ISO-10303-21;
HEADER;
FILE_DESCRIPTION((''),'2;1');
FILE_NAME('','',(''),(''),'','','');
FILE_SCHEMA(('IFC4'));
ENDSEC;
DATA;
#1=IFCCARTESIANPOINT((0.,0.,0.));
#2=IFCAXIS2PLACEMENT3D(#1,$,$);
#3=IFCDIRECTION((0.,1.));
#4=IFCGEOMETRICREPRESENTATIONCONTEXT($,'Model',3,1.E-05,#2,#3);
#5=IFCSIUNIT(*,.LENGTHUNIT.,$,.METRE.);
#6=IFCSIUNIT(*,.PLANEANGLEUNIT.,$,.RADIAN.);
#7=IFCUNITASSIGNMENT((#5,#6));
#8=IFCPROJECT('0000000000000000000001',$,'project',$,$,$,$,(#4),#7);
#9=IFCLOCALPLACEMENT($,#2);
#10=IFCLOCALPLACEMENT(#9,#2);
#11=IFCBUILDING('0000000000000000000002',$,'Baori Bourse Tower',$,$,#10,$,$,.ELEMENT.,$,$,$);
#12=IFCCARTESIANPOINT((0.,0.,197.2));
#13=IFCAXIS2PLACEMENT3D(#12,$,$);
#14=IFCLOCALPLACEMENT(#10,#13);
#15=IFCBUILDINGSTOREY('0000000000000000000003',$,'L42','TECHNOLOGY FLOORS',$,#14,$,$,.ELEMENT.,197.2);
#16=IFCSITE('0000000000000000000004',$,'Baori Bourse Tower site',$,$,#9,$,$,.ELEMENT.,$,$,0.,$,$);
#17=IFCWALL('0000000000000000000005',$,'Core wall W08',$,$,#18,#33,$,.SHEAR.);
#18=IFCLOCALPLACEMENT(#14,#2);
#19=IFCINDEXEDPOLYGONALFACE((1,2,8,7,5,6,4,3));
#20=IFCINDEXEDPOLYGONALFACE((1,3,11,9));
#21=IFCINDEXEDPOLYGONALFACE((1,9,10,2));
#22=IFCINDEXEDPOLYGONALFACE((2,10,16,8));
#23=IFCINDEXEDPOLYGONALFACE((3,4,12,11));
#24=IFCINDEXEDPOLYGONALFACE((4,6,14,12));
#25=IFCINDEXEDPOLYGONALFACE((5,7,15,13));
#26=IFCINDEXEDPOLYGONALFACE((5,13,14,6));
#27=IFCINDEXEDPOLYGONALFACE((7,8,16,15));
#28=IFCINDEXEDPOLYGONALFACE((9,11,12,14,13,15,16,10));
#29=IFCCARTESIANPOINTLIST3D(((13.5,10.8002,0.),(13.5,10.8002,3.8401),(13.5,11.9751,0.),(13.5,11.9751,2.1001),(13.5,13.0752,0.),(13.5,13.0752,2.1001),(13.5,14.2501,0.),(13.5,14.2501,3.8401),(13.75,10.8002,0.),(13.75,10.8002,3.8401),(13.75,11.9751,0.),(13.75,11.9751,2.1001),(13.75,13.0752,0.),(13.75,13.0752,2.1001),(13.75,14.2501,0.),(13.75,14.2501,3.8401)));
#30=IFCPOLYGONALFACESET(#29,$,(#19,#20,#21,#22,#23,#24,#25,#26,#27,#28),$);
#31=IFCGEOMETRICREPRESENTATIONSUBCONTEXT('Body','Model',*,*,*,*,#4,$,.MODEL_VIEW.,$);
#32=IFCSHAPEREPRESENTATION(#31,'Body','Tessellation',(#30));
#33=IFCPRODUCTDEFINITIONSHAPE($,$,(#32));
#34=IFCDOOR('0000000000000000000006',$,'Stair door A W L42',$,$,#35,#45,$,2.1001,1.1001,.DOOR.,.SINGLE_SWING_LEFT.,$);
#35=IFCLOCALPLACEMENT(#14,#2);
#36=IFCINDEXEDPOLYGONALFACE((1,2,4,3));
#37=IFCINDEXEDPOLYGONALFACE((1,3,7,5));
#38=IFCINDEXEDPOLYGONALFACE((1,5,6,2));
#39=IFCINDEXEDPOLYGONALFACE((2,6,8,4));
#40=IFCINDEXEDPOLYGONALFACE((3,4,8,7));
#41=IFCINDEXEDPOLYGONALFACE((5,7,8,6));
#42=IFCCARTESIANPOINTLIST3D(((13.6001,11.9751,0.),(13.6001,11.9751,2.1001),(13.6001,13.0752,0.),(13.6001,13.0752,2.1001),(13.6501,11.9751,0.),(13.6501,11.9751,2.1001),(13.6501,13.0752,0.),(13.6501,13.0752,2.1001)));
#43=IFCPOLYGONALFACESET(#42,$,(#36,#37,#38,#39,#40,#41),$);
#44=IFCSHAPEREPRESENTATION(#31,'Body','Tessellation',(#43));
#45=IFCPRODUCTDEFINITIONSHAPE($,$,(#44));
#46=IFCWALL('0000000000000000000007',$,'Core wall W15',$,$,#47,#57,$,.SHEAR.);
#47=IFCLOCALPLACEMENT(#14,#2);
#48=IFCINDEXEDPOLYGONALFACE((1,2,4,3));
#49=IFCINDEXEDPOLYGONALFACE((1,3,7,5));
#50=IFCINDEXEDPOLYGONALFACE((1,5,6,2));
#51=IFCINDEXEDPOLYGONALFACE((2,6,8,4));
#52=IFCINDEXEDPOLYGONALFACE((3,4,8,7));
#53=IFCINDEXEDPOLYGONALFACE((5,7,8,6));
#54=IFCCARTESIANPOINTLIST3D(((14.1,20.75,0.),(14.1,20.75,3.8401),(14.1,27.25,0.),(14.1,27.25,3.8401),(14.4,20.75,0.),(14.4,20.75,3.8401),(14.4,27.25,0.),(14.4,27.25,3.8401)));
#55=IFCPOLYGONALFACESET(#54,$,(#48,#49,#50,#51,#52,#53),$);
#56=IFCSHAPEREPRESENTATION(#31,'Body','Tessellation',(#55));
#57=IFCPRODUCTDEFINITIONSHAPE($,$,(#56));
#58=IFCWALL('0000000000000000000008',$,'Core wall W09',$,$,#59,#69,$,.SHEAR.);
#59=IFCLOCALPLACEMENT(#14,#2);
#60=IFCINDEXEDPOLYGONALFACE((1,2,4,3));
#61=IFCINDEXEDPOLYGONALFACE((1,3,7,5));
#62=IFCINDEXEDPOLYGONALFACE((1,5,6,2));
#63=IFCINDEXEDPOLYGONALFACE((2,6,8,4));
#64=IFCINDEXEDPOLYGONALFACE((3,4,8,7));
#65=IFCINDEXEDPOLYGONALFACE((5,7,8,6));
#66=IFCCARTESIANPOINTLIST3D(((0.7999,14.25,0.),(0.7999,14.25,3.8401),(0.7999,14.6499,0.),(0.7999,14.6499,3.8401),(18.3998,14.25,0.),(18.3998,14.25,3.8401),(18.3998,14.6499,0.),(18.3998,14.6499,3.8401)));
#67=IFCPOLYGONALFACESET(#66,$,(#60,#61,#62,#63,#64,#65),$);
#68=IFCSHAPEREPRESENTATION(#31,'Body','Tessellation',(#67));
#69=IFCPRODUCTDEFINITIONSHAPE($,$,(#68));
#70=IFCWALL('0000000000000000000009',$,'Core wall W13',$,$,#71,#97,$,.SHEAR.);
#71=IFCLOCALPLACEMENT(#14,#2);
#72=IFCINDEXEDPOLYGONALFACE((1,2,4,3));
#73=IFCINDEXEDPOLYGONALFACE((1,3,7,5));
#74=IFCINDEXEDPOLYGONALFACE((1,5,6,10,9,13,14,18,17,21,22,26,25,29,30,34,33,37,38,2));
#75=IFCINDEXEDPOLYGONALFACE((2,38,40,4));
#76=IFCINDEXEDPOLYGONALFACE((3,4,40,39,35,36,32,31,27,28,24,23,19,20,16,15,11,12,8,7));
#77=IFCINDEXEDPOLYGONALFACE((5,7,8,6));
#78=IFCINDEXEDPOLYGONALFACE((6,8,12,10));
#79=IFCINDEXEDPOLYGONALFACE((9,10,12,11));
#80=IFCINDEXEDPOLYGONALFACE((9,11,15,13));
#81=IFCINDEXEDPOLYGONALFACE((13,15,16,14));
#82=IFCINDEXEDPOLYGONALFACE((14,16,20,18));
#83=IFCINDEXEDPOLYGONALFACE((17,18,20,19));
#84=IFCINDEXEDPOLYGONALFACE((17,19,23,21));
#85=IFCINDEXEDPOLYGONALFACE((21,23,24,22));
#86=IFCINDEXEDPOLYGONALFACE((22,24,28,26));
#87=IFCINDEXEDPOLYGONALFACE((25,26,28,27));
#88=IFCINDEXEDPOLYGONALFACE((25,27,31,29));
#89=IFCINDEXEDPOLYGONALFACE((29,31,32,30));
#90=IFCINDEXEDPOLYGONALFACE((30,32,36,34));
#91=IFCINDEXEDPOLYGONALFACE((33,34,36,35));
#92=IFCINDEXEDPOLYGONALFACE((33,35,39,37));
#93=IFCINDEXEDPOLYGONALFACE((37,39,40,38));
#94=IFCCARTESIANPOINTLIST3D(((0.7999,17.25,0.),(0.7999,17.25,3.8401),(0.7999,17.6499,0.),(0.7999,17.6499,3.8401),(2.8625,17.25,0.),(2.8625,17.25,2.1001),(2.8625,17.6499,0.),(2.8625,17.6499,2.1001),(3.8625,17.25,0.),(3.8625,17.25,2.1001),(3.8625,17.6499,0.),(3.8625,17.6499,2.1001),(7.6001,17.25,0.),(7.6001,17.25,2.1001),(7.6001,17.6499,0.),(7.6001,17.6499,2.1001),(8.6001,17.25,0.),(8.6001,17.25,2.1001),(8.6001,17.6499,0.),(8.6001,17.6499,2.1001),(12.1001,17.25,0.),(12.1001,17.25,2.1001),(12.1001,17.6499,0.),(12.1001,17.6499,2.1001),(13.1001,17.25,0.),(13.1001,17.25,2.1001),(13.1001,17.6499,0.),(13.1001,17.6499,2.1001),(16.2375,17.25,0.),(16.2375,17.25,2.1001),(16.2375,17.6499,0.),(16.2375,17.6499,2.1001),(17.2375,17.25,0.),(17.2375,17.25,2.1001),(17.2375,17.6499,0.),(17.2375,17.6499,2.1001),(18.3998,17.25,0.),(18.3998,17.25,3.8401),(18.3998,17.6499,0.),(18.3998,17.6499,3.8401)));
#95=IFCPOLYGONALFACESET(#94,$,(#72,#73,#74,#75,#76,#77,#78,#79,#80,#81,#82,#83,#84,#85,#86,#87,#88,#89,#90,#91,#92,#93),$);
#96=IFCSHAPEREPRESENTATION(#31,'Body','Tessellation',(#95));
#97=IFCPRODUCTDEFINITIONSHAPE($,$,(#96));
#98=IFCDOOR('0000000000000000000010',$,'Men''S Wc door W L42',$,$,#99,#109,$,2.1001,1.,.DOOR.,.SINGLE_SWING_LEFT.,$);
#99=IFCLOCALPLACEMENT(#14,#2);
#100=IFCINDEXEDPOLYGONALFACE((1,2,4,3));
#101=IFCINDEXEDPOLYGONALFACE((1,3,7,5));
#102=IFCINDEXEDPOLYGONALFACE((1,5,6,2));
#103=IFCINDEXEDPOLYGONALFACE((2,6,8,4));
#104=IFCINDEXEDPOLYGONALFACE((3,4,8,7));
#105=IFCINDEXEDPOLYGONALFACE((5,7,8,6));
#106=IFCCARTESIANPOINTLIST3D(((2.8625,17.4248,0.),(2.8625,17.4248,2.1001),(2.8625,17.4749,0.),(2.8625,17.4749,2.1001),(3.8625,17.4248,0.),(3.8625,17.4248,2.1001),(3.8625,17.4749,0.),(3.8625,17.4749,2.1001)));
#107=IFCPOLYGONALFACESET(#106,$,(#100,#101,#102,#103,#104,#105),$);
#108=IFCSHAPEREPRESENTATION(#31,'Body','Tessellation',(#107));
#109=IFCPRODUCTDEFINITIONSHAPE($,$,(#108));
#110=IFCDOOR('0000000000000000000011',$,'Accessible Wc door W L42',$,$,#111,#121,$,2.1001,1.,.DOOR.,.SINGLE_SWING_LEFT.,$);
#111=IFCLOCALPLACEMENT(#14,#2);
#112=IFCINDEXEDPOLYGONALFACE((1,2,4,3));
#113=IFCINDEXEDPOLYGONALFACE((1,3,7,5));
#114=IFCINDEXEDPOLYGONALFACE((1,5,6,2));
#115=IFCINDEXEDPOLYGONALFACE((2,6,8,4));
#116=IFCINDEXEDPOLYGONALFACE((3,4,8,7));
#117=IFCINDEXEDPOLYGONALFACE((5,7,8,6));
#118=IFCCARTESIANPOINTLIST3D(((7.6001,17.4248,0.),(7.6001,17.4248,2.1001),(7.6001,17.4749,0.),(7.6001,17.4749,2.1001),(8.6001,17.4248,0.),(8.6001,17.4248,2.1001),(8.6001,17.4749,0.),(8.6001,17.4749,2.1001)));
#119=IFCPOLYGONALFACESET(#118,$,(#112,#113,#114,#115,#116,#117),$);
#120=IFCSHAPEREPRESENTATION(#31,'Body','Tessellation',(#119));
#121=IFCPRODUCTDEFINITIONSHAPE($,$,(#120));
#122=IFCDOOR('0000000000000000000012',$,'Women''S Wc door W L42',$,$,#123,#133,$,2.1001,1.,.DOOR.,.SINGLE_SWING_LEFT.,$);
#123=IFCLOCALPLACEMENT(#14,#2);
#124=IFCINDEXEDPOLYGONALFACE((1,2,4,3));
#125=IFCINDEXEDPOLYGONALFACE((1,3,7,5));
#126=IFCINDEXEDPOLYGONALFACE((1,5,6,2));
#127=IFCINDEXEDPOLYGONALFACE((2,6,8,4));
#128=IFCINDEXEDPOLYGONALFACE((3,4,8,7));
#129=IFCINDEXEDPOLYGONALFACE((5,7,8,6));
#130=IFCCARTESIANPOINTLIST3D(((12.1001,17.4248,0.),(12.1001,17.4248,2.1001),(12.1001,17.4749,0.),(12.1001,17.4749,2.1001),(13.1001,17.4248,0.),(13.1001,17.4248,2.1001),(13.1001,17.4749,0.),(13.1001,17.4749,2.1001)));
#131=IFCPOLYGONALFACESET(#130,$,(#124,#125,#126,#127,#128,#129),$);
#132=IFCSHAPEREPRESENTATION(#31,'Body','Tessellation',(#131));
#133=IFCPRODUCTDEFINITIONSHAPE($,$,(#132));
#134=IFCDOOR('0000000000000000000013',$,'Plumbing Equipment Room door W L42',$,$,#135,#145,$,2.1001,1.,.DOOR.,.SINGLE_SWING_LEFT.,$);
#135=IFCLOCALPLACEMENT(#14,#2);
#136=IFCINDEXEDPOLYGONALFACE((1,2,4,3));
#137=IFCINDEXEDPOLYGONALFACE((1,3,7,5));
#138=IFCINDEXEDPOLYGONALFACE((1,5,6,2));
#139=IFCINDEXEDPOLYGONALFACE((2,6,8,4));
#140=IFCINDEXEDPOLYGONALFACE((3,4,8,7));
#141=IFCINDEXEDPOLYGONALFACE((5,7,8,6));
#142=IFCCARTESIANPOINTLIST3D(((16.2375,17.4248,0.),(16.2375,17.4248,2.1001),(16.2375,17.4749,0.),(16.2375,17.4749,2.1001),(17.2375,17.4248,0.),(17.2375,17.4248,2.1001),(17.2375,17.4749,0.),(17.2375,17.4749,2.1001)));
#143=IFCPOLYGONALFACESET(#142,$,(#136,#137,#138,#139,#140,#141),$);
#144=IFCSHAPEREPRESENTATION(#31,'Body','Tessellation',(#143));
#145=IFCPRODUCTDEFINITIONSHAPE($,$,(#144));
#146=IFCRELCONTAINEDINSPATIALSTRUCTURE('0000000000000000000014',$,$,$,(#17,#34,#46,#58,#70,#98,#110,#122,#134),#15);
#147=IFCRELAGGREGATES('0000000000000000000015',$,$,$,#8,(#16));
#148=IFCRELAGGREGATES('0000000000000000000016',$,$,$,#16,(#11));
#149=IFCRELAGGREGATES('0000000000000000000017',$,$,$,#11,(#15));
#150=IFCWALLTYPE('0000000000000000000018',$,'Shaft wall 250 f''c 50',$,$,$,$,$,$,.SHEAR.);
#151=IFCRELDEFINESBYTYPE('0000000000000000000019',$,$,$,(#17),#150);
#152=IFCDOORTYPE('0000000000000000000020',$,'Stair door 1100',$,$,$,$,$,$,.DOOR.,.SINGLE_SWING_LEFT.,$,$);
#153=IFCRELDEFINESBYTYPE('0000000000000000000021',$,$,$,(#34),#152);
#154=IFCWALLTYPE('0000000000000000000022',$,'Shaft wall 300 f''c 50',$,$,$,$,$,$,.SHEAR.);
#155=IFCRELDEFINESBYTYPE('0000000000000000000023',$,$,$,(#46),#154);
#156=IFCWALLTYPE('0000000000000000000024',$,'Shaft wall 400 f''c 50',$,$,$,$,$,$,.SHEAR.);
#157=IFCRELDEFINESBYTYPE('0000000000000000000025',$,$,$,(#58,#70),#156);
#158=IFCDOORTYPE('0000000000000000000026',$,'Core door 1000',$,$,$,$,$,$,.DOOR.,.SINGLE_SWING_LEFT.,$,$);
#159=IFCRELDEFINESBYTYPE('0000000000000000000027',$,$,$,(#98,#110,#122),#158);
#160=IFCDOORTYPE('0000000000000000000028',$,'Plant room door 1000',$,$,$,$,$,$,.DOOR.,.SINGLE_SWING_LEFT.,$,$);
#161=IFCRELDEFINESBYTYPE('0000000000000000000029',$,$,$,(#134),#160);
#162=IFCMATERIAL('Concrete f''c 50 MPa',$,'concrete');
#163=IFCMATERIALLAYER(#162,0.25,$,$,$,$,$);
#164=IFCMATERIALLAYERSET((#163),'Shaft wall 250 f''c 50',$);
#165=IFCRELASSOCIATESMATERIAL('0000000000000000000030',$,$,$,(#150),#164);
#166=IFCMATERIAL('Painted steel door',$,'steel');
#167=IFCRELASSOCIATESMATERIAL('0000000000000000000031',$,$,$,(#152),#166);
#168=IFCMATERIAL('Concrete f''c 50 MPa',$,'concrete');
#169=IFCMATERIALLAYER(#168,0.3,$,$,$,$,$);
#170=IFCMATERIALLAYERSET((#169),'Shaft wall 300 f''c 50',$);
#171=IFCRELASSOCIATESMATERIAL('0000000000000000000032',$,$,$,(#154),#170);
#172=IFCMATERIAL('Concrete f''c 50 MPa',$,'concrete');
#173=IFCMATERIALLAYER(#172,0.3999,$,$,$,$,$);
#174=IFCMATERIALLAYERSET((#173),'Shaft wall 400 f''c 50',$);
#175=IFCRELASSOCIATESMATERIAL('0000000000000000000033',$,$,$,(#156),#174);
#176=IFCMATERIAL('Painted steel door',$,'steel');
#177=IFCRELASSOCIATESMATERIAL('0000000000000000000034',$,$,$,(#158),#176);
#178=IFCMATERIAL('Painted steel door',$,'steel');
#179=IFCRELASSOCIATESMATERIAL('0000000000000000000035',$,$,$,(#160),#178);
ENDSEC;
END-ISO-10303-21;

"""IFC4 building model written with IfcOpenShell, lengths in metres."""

from ifc_helpers import new_model, si_unit, direction, frame, frame_2d, origin, place, context, subcontext, project, spatial, rectangle, extrude, material, layer, layer_set, type_object, element, fill, save


model = new_model("IFC4")

# Units and contexts
model_context = context("Model", 3, precision=1e-05, world=origin(), true_north=direction((0.0, 1.0)))
body_context = subcontext(model_context, "Body", "Model", "MODEL_VIEW")
ifc_project = project(units=[si_unit("LENGTHUNIT", "METRE"), si_unit("PLANEANGLEUNIT", "RADIAN")], contexts=[model_context])

# Site, building, storey
site_placement = place(None, origin())
site = spatial("IfcSite", under=ifc_project, at=site_placement, Name="Baori Bourse Tower site", CompositionType="ELEMENT", RefElevation=0.0)
building_placement = place(site_placement, origin())
building = spatial("IfcBuilding", under=site, at=building_placement, Name="Baori Bourse Tower", CompositionType="ELEMENT")
storey_placement = place(building_placement, frame((0.0, 0.0, 197.2)))
storey = spatial("IfcBuildingStorey", under=building, at=storey_placement, Name="L42", Description="TECHNOLOGY FLOORS", CompositionType="ELEMENT", Elevation=197.2)

# Wall, opening, door
ifc_material_1 = material(Name="Concrete f'c 50 MPa", Category="concrete")
ifc_layer_1 = layer(ifc_material_1, 0.25)
ifc_layer_set_1 = layer_set([ifc_layer_1], Name="Shaft wall 250 f'c 50")
wall_type_1 = type_object("IfcWallType", Name="Shaft wall 250 f'c 50", PredefinedType="SHEAR", material=ifc_layer_set_1)
wall_1_placement = place(storey_placement, frame((13.625, 10.8, 0.0), z_axis=(0.0, 0.0, 1.0), x_axis=(0.0, 1.0, 0.0)))
wall_1 = element("IfcWall", 1, at=wall_1_placement, inside=storey, type_object=wall_type_1, Name="Core wall W08", PredefinedType="SHEAR", context=body_context, shape_type="SweptSolid", body=[
    extrude(rectangle(XDim=3.45, YDim=0.25, at=frame_2d((1.7251, 0.0))), origin(), (0.0, 0.0, 1.0), 3.8401),
])
opening_1_placement = place(wall_1_placement, frame((1.175, 0.0, 0.0)))
opening_1 = element("IfcOpeningElement", 2, at=opening_1_placement, cuts=wall_1, PredefinedType="OPENING", context=body_context, shape_type="SweptSolid", body=[
    extrude(rectangle(XDim=1.1001, YDim=2.1001, at=frame_2d((0.55, 1.05))), frame((0.0, 0.135, 0.0), z_axis=(0.0, -1.0, 0.0), x_axis=(1.0, 0.0, 0.0)), (0.0, 0.0, 1.0), 0.27),
])
ifc_material_2 = material(Name="Painted steel door", Category="steel")
door_type_1 = type_object("IfcDoorType", Name="Stair door 1100", OperationType="SINGLE_SWING_LEFT", PredefinedType="DOOR", material=ifc_material_2)
door_1_placement = place(opening_1_placement, origin())
door_1 = element("IfcDoor", 3, at=door_1_placement, inside=storey, type_object=door_type_1, Name="Stair door A W L42", OperationType="SINGLE_SWING_LEFT", OverallHeight=2.1001, OverallWidth=1.1001, PredefinedType="DOOR", context=body_context, shape_type="SweptSolid", body=[
    extrude(rectangle(XDim=1.1001, YDim=2.1001, at=frame_2d((0.55, 1.05))), frame((0.0, 0.0249, 0.0), z_axis=(0.0, -1.0, 0.0), x_axis=(1.0, 0.0, 0.0)), (0.0, 0.0, 1.0), 0.05),
])
fill(opening_1, door_1)

# Walls
ifc_material_3 = material(Name="Concrete f'c 50 MPa", Category="concrete")
ifc_layer_2 = layer(ifc_material_3, 0.3)
ifc_layer_set_2 = layer_set([ifc_layer_2], Name="Shaft wall 300 f'c 50")
wall_type_2 = type_object("IfcWallType", Name="Shaft wall 300 f'c 50", PredefinedType="SHEAR", material=ifc_layer_set_2)
wall_2_placement = place(storey_placement, frame((14.25, 20.75, 0.0), z_axis=(0.0, 0.0, 1.0), x_axis=(0.0, 1.0, 0.0)))
element("IfcWall", 4, at=wall_2_placement, inside=storey, type_object=wall_type_2, Name="Core wall W15", PredefinedType="SHEAR", context=body_context, shape_type="SweptSolid", body=[
    extrude(rectangle(XDim=6.5, YDim=0.3, at=frame_2d((3.25, 0.0))), origin(), (0.0, 0.0, 1.0), 3.8401),
])
ifc_material_4 = material(Name="Concrete f'c 50 MPa", Category="concrete")
ifc_layer_3 = layer(ifc_material_4, 0.3999)
ifc_layer_set_3 = layer_set([ifc_layer_3], Name="Shaft wall 400 f'c 50")
wall_type_3 = type_object("IfcWallType", Name="Shaft wall 400 f'c 50", PredefinedType="SHEAR", material=ifc_layer_set_3)
wall_3_placement = place(storey_placement, frame((0.8, 14.45, 0.0), z_axis=(0.0, 0.0, 1.0), x_axis=(1.0, 0.0, 0.0)))
element("IfcWall", 5, at=wall_3_placement, inside=storey, type_object=wall_type_3, Name="Core wall W09", PredefinedType="SHEAR", context=body_context, shape_type="SweptSolid", body=[
    extrude(rectangle(XDim=17.5999, YDim=0.3999, at=frame_2d((8.7998, 0.0))), origin(), (0.0, 0.0, 1.0), 3.8401),
])

# Wall, openings, doors
wall_4_placement = place(storey_placement, frame((0.8, 17.45, 0.0), z_axis=(0.0, 0.0, 1.0), x_axis=(1.0, 0.0, 0.0)))
wall_4 = element("IfcWall", 6, at=wall_4_placement, inside=storey, type_object=wall_type_3, Name="Core wall W13", PredefinedType="SHEAR", context=body_context, shape_type="SweptSolid", body=[
    extrude(rectangle(XDim=17.5999, YDim=0.3999, at=frame_2d((8.7998, 0.0))), origin(), (0.0, 0.0, 1.0), 3.8401),
])
opening_2_placement = place(wall_4_placement, frame((2.0625, 0.0, 0.0)))
opening_2 = element("IfcOpeningElement", 7, at=opening_2_placement, cuts=wall_4, PredefinedType="OPENING", context=body_context, shape_type="SweptSolid", body=[
    extrude(rectangle(XDim=1.0, YDim=2.1001, at=frame_2d((0.5, 1.05))), frame((0.0, 0.21, 0.0), z_axis=(0.0, -1.0, 0.0), x_axis=(1.0, 0.0, 0.0)), (0.0, 0.0, 1.0), 0.4199),
])
opening_3_placement = place(wall_4_placement, frame((6.8, 0.0, 0.0)))
opening_3 = element("IfcOpeningElement", 8, at=opening_3_placement, cuts=wall_4, PredefinedType="OPENING", context=body_context, shape_type="SweptSolid", body=[
    extrude(rectangle(XDim=1.0, YDim=2.1001, at=frame_2d((0.5, 1.05))), frame((0.0, 0.21, 0.0), z_axis=(0.0, -1.0, 0.0), x_axis=(1.0, 0.0, 0.0)), (0.0, 0.0, 1.0), 0.4199),
])
opening_4_placement = place(wall_4_placement, frame((11.3, 0.0, 0.0)))
opening_4 = element("IfcOpeningElement", 9, at=opening_4_placement, cuts=wall_4, PredefinedType="OPENING", context=body_context, shape_type="SweptSolid", body=[
    extrude(rectangle(XDim=1.0, YDim=2.1001, at=frame_2d((0.5, 1.05))), frame((0.0, 0.21, 0.0), z_axis=(0.0, -1.0, 0.0), x_axis=(1.0, 0.0, 0.0)), (0.0, 0.0, 1.0), 0.4199),
])
opening_5_placement = place(wall_4_placement, frame((15.4375, 0.0, 0.0)))
opening_5 = element("IfcOpeningElement", 10, at=opening_5_placement, cuts=wall_4, PredefinedType="OPENING", context=body_context, shape_type="SweptSolid", body=[
    extrude(rectangle(XDim=1.0, YDim=2.1001, at=frame_2d((0.5, 1.05))), frame((0.0, 0.21, 0.0), z_axis=(0.0, -1.0, 0.0), x_axis=(1.0, 0.0, 0.0)), (0.0, 0.0, 1.0), 0.4199),
])
ifc_material_5 = material(Name="Painted steel door", Category="steel")
door_type_2 = type_object("IfcDoorType", Name="Core door 1000", OperationType="SINGLE_SWING_LEFT", PredefinedType="DOOR", material=ifc_material_5)
door_2_placement = place(opening_2_placement, origin())
door_2 = element("IfcDoor", 11, at=door_2_placement, inside=storey, type_object=door_type_2, Name="Men'S Wc door W L42", OperationType="SINGLE_SWING_LEFT", OverallHeight=2.1001, OverallWidth=1.0, PredefinedType="DOOR", context=body_context, shape_type="SweptSolid", body=[
    extrude(rectangle(XDim=1.0, YDim=2.1001, at=frame_2d((0.5, 1.05))), frame((0.0, 0.0249, 0.0), z_axis=(0.0, -1.0, 0.0), x_axis=(1.0, 0.0, 0.0)), (0.0, 0.0, 1.0), 0.05),
])
fill(opening_2, door_2)
door_3_placement = place(opening_3_placement, origin())
door_3 = element("IfcDoor", 12, at=door_3_placement, inside=storey, type_object=door_type_2, Name="Accessible Wc door W L42", OperationType="SINGLE_SWING_LEFT", OverallHeight=2.1001, OverallWidth=1.0, PredefinedType="DOOR", context=body_context, shape_type="SweptSolid", body=[
    extrude(rectangle(XDim=1.0, YDim=2.1001, at=frame_2d((0.5, 1.05))), frame((0.0, 0.0249, 0.0), z_axis=(0.0, -1.0, 0.0), x_axis=(1.0, 0.0, 0.0)), (0.0, 0.0, 1.0), 0.05),
])
fill(opening_3, door_3)
door_4_placement = place(opening_4_placement, origin())
door_4 = element("IfcDoor", 13, at=door_4_placement, inside=storey, type_object=door_type_2, Name="Women'S Wc door W L42", OperationType="SINGLE_SWING_LEFT", OverallHeight=2.1001, OverallWidth=1.0, PredefinedType="DOOR", context=body_context, shape_type="SweptSolid", body=[
    extrude(rectangle(XDim=1.0, YDim=2.1001, at=frame_2d((0.5, 1.05))), frame((0.0, 0.0249, 0.0), z_axis=(0.0, -1.0, 0.0), x_axis=(1.0, 0.0, 0.0)), (0.0, 0.0, 1.0), 0.05),
])
fill(opening_4, door_4)
ifc_material_6 = material(Name="Painted steel door", Category="steel")
door_type_3 = type_object("IfcDoorType", Name="Plant room door 1000", OperationType="SINGLE_SWING_LEFT", PredefinedType="DOOR", material=ifc_material_6)
door_5_placement = place(opening_5_placement, origin())
door_5 = element("IfcDoor", 14, at=door_5_placement, inside=storey, type_object=door_type_3, Name="Plumbing Equipment Room door W L42", OperationType="SINGLE_SWING_LEFT", OverallHeight=2.1001, OverallWidth=1.0, PredefinedType="DOOR", context=body_context, shape_type="SweptSolid", body=[
    extrude(rectangle(XDim=1.0, YDim=2.1001, at=frame_2d((0.5, 1.05))), frame((0.0, 0.0249, 0.0), z_axis=(0.0, -1.0, 0.0), x_axis=(1.0, 0.0, 0.0)), (0.0, 0.0, 1.0), 0.05),
])
fill(opening_5, door_5)

save(model, "model.ifc")
